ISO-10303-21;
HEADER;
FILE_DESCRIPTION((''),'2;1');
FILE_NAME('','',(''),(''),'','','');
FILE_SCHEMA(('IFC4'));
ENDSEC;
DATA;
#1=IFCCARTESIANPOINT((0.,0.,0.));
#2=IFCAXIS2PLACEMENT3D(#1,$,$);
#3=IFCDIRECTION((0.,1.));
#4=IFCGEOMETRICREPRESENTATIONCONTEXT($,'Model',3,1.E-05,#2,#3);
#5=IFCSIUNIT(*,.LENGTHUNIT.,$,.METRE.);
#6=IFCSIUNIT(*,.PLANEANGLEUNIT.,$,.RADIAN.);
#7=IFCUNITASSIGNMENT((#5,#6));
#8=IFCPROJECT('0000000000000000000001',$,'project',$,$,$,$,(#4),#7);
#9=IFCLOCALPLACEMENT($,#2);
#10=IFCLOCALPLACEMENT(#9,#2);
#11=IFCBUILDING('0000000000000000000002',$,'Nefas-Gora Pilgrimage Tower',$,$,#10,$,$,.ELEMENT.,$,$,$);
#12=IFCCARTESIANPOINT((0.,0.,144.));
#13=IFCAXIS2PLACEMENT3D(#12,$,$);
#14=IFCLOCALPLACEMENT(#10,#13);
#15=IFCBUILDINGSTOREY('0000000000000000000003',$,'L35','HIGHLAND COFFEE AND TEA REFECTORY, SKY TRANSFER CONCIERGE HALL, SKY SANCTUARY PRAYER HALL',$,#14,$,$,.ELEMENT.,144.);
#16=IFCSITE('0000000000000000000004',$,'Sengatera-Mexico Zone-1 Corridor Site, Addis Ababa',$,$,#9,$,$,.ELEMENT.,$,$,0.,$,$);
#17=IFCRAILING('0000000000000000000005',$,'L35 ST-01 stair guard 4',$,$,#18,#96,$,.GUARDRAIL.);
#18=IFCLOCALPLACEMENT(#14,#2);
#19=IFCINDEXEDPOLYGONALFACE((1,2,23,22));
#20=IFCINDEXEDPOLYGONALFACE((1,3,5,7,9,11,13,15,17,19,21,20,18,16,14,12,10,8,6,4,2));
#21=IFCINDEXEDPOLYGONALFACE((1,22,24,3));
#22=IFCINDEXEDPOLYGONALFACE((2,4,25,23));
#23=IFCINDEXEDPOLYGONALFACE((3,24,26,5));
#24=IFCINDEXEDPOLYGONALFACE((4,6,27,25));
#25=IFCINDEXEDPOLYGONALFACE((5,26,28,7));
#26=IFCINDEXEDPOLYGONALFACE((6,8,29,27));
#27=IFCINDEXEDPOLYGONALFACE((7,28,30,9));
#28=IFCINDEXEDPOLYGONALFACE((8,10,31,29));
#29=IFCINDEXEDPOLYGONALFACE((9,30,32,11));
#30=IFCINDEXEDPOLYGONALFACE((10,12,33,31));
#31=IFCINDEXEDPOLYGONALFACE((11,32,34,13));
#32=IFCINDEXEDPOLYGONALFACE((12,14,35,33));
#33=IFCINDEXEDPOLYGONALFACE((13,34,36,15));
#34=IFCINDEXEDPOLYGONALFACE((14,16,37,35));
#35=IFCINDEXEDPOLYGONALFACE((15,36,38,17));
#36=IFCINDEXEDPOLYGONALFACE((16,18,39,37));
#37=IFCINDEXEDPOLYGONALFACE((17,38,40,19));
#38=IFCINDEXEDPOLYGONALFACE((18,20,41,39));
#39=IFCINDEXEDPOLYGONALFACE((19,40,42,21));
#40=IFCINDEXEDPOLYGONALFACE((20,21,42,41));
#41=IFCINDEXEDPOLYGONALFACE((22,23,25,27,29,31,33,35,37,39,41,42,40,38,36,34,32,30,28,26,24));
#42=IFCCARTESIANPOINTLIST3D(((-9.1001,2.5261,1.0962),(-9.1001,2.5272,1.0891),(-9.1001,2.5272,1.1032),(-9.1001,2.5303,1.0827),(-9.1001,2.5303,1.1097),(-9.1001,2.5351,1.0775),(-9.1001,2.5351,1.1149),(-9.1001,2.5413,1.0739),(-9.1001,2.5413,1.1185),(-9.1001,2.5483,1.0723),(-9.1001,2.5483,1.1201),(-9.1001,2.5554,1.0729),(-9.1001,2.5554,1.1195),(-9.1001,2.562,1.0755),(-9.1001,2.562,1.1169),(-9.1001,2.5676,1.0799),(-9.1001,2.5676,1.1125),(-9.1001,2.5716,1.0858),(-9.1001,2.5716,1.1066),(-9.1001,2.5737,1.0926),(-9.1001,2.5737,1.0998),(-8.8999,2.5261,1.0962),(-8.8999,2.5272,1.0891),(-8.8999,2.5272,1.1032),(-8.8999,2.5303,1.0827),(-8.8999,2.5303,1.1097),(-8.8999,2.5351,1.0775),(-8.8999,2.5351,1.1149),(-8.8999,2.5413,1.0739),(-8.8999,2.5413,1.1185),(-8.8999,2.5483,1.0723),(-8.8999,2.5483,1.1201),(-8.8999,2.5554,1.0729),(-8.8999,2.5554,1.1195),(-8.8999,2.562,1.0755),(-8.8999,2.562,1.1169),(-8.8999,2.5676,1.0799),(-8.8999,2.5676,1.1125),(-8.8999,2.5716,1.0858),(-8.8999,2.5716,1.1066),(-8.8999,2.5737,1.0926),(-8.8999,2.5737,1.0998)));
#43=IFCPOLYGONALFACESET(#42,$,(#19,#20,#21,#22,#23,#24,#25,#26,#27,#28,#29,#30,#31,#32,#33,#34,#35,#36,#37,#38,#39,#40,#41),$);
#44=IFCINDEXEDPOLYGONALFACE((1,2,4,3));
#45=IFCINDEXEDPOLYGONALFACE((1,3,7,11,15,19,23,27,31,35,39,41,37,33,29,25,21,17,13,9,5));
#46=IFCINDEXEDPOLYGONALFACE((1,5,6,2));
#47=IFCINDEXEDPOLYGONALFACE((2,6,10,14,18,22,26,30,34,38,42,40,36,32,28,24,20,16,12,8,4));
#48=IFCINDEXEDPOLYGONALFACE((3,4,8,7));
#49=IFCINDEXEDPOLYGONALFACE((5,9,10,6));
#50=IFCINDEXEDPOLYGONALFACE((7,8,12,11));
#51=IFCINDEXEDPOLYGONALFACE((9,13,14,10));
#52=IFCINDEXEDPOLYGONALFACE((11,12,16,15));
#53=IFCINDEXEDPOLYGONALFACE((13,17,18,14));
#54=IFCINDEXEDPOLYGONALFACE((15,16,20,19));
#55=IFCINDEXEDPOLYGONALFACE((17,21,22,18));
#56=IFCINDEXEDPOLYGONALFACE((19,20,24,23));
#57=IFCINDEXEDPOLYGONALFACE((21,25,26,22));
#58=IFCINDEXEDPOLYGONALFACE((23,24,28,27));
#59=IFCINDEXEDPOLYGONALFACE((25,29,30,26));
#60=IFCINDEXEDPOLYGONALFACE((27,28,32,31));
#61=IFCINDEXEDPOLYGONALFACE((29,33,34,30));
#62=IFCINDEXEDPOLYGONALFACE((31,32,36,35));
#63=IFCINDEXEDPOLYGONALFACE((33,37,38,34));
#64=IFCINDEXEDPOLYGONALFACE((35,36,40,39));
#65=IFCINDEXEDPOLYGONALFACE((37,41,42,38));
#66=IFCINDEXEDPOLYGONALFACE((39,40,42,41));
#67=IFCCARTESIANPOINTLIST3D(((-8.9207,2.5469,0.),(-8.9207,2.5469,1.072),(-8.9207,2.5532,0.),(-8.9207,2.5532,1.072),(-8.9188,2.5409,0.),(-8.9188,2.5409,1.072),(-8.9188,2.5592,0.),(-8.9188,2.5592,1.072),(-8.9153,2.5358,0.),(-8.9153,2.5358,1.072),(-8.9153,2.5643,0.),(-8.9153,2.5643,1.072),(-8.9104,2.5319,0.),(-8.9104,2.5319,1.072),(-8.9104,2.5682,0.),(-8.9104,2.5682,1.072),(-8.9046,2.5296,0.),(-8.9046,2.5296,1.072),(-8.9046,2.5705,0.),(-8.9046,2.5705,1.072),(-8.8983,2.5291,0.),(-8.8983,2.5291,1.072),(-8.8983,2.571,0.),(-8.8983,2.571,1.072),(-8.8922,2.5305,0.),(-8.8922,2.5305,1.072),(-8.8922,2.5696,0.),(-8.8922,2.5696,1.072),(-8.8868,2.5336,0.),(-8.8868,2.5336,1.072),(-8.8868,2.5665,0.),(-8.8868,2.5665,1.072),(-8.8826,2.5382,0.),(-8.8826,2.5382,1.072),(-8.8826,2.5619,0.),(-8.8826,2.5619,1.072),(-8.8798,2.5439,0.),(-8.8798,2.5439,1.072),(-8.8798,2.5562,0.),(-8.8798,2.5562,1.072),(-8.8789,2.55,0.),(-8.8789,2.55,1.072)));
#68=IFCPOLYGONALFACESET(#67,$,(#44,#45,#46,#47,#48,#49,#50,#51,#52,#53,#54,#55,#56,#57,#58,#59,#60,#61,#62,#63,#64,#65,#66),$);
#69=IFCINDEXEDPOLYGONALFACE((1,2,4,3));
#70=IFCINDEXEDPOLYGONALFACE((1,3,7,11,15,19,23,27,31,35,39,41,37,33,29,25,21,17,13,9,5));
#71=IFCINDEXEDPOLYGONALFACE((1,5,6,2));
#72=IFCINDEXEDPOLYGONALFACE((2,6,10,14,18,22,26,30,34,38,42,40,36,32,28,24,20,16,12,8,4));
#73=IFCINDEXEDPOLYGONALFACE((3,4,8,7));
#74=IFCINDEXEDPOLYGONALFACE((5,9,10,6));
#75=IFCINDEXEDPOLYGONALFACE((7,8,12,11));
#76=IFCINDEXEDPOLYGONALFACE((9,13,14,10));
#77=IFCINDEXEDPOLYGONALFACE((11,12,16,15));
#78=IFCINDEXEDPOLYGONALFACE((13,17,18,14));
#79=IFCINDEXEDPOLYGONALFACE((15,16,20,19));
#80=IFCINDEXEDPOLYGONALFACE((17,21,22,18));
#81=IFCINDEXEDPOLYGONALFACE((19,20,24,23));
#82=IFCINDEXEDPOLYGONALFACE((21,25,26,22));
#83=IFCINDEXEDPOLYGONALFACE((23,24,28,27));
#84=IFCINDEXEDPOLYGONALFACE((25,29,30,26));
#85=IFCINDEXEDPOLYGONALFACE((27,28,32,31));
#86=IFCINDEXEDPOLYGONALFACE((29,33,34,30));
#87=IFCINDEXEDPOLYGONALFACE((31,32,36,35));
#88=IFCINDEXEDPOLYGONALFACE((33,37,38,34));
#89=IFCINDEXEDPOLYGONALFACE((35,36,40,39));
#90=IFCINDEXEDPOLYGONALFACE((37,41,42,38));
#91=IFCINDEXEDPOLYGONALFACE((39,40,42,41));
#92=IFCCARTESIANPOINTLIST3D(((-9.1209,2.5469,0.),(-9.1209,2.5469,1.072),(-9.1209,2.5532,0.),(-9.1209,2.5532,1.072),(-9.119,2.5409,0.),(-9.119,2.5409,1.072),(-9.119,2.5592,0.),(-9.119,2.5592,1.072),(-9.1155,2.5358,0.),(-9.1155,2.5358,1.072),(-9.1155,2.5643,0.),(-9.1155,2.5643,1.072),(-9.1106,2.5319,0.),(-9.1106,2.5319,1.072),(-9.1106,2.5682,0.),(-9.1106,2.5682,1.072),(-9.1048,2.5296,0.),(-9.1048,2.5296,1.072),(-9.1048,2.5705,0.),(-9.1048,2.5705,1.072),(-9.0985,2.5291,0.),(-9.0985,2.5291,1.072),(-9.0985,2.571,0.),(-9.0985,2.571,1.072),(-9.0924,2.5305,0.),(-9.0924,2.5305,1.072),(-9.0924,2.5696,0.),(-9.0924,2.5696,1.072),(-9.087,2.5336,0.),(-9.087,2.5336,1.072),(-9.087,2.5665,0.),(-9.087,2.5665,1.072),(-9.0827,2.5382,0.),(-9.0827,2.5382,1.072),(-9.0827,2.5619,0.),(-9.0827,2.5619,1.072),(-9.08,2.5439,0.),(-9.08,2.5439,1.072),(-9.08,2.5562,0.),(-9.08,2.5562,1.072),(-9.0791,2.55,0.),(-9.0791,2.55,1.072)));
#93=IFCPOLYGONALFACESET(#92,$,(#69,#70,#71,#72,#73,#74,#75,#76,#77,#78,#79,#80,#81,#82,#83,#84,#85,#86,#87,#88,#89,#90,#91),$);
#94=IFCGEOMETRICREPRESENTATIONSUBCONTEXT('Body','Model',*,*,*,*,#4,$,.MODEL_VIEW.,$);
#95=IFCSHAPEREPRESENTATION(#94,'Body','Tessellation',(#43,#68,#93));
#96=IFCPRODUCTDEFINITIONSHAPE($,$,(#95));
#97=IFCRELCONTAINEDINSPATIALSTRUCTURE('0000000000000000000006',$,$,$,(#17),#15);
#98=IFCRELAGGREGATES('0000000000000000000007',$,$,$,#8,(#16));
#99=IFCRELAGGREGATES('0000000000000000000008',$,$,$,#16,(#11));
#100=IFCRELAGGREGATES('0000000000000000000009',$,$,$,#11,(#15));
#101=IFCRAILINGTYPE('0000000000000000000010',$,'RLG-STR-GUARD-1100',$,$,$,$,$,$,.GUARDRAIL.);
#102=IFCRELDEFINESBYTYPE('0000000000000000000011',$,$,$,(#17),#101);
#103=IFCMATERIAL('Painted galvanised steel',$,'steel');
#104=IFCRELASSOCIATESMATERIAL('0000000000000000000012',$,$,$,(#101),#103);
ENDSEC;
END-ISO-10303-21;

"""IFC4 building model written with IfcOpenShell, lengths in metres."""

from ifc_helpers import new_model, si_unit, direction, frame, origin, origin_2d, place, context, subcontext, project, spatial, circle, extrude, material, type_object, element, save


model = new_model("IFC4")

# Units and contexts
model_context = context("Model", 3, precision=1e-05, world=origin(), true_north=direction((0.0, 1.0)))
body_context = subcontext(model_context, "Body", "Model", "MODEL_VIEW")
ifc_project = project(units=[si_unit("LENGTHUNIT", "METRE"), si_unit("PLANEANGLEUNIT", "RADIAN")], contexts=[model_context])

# Site, building, storey
site_placement = place(None, origin())
site = spatial("IfcSite", under=ifc_project, at=site_placement, Name="Sengatera-Mexico Zone-1 Corridor Site, Addis Ababa", CompositionType="ELEMENT", RefElevation=0.0)
building_placement = place(site_placement, origin())
building = spatial("IfcBuilding", under=site, at=building_placement, Name="Nefas-Gora Pilgrimage Tower", CompositionType="ELEMENT")
storey_placement = place(building_placement, frame((0.0, 0.0, 144.0)))
storey = spatial("IfcBuildingStorey", under=building, at=storey_placement, Name="L35", Description="HIGHLAND COFFEE AND TEA REFECTORY, SKY TRANSFER CONCIERGE HALL, SKY SANCTUARY PRAYER HALL", CompositionType="ELEMENT", Elevation=144.0)

# Railing
ifc_material_1 = material(Name="Painted galvanised steel", Category="steel")
railing_type_1 = type_object("IfcRailingType", Name="RLG-STR-GUARD-1100", PredefinedType="GUARDRAIL", material=ifc_material_1)
railing_1_placement = place(storey_placement, frame((-8.8999, 2.55, 0.0)))
element("IfcRailing", 1, at=railing_1_placement, inside=storey, type_object=railing_type_1, Name="L35 ST-01 stair guard 4", PredefinedType="GUARDRAIL", context=body_context, shape_type="SweptSolid", body=[
    extrude(circle(Radius=0.0239, at=origin_2d()), frame((0.0, 0.0, 1.0962), z_axis=(-1.0, 0.0, 0.0), x_axis=(0.0, -1.0, 0.0)), (0.0, 0.0, 1.0), 0.2002),
    extrude(circle(Radius=0.021, at=origin_2d()), origin(), (0.0, 0.0, 1.0), 1.072),
    extrude(circle(Radius=0.021, at=origin_2d()), frame((-0.2002, 0.0, 0.0)), (0.0, 0.0, 1.0), 1.072),
])

save(model, "model.ifc")
